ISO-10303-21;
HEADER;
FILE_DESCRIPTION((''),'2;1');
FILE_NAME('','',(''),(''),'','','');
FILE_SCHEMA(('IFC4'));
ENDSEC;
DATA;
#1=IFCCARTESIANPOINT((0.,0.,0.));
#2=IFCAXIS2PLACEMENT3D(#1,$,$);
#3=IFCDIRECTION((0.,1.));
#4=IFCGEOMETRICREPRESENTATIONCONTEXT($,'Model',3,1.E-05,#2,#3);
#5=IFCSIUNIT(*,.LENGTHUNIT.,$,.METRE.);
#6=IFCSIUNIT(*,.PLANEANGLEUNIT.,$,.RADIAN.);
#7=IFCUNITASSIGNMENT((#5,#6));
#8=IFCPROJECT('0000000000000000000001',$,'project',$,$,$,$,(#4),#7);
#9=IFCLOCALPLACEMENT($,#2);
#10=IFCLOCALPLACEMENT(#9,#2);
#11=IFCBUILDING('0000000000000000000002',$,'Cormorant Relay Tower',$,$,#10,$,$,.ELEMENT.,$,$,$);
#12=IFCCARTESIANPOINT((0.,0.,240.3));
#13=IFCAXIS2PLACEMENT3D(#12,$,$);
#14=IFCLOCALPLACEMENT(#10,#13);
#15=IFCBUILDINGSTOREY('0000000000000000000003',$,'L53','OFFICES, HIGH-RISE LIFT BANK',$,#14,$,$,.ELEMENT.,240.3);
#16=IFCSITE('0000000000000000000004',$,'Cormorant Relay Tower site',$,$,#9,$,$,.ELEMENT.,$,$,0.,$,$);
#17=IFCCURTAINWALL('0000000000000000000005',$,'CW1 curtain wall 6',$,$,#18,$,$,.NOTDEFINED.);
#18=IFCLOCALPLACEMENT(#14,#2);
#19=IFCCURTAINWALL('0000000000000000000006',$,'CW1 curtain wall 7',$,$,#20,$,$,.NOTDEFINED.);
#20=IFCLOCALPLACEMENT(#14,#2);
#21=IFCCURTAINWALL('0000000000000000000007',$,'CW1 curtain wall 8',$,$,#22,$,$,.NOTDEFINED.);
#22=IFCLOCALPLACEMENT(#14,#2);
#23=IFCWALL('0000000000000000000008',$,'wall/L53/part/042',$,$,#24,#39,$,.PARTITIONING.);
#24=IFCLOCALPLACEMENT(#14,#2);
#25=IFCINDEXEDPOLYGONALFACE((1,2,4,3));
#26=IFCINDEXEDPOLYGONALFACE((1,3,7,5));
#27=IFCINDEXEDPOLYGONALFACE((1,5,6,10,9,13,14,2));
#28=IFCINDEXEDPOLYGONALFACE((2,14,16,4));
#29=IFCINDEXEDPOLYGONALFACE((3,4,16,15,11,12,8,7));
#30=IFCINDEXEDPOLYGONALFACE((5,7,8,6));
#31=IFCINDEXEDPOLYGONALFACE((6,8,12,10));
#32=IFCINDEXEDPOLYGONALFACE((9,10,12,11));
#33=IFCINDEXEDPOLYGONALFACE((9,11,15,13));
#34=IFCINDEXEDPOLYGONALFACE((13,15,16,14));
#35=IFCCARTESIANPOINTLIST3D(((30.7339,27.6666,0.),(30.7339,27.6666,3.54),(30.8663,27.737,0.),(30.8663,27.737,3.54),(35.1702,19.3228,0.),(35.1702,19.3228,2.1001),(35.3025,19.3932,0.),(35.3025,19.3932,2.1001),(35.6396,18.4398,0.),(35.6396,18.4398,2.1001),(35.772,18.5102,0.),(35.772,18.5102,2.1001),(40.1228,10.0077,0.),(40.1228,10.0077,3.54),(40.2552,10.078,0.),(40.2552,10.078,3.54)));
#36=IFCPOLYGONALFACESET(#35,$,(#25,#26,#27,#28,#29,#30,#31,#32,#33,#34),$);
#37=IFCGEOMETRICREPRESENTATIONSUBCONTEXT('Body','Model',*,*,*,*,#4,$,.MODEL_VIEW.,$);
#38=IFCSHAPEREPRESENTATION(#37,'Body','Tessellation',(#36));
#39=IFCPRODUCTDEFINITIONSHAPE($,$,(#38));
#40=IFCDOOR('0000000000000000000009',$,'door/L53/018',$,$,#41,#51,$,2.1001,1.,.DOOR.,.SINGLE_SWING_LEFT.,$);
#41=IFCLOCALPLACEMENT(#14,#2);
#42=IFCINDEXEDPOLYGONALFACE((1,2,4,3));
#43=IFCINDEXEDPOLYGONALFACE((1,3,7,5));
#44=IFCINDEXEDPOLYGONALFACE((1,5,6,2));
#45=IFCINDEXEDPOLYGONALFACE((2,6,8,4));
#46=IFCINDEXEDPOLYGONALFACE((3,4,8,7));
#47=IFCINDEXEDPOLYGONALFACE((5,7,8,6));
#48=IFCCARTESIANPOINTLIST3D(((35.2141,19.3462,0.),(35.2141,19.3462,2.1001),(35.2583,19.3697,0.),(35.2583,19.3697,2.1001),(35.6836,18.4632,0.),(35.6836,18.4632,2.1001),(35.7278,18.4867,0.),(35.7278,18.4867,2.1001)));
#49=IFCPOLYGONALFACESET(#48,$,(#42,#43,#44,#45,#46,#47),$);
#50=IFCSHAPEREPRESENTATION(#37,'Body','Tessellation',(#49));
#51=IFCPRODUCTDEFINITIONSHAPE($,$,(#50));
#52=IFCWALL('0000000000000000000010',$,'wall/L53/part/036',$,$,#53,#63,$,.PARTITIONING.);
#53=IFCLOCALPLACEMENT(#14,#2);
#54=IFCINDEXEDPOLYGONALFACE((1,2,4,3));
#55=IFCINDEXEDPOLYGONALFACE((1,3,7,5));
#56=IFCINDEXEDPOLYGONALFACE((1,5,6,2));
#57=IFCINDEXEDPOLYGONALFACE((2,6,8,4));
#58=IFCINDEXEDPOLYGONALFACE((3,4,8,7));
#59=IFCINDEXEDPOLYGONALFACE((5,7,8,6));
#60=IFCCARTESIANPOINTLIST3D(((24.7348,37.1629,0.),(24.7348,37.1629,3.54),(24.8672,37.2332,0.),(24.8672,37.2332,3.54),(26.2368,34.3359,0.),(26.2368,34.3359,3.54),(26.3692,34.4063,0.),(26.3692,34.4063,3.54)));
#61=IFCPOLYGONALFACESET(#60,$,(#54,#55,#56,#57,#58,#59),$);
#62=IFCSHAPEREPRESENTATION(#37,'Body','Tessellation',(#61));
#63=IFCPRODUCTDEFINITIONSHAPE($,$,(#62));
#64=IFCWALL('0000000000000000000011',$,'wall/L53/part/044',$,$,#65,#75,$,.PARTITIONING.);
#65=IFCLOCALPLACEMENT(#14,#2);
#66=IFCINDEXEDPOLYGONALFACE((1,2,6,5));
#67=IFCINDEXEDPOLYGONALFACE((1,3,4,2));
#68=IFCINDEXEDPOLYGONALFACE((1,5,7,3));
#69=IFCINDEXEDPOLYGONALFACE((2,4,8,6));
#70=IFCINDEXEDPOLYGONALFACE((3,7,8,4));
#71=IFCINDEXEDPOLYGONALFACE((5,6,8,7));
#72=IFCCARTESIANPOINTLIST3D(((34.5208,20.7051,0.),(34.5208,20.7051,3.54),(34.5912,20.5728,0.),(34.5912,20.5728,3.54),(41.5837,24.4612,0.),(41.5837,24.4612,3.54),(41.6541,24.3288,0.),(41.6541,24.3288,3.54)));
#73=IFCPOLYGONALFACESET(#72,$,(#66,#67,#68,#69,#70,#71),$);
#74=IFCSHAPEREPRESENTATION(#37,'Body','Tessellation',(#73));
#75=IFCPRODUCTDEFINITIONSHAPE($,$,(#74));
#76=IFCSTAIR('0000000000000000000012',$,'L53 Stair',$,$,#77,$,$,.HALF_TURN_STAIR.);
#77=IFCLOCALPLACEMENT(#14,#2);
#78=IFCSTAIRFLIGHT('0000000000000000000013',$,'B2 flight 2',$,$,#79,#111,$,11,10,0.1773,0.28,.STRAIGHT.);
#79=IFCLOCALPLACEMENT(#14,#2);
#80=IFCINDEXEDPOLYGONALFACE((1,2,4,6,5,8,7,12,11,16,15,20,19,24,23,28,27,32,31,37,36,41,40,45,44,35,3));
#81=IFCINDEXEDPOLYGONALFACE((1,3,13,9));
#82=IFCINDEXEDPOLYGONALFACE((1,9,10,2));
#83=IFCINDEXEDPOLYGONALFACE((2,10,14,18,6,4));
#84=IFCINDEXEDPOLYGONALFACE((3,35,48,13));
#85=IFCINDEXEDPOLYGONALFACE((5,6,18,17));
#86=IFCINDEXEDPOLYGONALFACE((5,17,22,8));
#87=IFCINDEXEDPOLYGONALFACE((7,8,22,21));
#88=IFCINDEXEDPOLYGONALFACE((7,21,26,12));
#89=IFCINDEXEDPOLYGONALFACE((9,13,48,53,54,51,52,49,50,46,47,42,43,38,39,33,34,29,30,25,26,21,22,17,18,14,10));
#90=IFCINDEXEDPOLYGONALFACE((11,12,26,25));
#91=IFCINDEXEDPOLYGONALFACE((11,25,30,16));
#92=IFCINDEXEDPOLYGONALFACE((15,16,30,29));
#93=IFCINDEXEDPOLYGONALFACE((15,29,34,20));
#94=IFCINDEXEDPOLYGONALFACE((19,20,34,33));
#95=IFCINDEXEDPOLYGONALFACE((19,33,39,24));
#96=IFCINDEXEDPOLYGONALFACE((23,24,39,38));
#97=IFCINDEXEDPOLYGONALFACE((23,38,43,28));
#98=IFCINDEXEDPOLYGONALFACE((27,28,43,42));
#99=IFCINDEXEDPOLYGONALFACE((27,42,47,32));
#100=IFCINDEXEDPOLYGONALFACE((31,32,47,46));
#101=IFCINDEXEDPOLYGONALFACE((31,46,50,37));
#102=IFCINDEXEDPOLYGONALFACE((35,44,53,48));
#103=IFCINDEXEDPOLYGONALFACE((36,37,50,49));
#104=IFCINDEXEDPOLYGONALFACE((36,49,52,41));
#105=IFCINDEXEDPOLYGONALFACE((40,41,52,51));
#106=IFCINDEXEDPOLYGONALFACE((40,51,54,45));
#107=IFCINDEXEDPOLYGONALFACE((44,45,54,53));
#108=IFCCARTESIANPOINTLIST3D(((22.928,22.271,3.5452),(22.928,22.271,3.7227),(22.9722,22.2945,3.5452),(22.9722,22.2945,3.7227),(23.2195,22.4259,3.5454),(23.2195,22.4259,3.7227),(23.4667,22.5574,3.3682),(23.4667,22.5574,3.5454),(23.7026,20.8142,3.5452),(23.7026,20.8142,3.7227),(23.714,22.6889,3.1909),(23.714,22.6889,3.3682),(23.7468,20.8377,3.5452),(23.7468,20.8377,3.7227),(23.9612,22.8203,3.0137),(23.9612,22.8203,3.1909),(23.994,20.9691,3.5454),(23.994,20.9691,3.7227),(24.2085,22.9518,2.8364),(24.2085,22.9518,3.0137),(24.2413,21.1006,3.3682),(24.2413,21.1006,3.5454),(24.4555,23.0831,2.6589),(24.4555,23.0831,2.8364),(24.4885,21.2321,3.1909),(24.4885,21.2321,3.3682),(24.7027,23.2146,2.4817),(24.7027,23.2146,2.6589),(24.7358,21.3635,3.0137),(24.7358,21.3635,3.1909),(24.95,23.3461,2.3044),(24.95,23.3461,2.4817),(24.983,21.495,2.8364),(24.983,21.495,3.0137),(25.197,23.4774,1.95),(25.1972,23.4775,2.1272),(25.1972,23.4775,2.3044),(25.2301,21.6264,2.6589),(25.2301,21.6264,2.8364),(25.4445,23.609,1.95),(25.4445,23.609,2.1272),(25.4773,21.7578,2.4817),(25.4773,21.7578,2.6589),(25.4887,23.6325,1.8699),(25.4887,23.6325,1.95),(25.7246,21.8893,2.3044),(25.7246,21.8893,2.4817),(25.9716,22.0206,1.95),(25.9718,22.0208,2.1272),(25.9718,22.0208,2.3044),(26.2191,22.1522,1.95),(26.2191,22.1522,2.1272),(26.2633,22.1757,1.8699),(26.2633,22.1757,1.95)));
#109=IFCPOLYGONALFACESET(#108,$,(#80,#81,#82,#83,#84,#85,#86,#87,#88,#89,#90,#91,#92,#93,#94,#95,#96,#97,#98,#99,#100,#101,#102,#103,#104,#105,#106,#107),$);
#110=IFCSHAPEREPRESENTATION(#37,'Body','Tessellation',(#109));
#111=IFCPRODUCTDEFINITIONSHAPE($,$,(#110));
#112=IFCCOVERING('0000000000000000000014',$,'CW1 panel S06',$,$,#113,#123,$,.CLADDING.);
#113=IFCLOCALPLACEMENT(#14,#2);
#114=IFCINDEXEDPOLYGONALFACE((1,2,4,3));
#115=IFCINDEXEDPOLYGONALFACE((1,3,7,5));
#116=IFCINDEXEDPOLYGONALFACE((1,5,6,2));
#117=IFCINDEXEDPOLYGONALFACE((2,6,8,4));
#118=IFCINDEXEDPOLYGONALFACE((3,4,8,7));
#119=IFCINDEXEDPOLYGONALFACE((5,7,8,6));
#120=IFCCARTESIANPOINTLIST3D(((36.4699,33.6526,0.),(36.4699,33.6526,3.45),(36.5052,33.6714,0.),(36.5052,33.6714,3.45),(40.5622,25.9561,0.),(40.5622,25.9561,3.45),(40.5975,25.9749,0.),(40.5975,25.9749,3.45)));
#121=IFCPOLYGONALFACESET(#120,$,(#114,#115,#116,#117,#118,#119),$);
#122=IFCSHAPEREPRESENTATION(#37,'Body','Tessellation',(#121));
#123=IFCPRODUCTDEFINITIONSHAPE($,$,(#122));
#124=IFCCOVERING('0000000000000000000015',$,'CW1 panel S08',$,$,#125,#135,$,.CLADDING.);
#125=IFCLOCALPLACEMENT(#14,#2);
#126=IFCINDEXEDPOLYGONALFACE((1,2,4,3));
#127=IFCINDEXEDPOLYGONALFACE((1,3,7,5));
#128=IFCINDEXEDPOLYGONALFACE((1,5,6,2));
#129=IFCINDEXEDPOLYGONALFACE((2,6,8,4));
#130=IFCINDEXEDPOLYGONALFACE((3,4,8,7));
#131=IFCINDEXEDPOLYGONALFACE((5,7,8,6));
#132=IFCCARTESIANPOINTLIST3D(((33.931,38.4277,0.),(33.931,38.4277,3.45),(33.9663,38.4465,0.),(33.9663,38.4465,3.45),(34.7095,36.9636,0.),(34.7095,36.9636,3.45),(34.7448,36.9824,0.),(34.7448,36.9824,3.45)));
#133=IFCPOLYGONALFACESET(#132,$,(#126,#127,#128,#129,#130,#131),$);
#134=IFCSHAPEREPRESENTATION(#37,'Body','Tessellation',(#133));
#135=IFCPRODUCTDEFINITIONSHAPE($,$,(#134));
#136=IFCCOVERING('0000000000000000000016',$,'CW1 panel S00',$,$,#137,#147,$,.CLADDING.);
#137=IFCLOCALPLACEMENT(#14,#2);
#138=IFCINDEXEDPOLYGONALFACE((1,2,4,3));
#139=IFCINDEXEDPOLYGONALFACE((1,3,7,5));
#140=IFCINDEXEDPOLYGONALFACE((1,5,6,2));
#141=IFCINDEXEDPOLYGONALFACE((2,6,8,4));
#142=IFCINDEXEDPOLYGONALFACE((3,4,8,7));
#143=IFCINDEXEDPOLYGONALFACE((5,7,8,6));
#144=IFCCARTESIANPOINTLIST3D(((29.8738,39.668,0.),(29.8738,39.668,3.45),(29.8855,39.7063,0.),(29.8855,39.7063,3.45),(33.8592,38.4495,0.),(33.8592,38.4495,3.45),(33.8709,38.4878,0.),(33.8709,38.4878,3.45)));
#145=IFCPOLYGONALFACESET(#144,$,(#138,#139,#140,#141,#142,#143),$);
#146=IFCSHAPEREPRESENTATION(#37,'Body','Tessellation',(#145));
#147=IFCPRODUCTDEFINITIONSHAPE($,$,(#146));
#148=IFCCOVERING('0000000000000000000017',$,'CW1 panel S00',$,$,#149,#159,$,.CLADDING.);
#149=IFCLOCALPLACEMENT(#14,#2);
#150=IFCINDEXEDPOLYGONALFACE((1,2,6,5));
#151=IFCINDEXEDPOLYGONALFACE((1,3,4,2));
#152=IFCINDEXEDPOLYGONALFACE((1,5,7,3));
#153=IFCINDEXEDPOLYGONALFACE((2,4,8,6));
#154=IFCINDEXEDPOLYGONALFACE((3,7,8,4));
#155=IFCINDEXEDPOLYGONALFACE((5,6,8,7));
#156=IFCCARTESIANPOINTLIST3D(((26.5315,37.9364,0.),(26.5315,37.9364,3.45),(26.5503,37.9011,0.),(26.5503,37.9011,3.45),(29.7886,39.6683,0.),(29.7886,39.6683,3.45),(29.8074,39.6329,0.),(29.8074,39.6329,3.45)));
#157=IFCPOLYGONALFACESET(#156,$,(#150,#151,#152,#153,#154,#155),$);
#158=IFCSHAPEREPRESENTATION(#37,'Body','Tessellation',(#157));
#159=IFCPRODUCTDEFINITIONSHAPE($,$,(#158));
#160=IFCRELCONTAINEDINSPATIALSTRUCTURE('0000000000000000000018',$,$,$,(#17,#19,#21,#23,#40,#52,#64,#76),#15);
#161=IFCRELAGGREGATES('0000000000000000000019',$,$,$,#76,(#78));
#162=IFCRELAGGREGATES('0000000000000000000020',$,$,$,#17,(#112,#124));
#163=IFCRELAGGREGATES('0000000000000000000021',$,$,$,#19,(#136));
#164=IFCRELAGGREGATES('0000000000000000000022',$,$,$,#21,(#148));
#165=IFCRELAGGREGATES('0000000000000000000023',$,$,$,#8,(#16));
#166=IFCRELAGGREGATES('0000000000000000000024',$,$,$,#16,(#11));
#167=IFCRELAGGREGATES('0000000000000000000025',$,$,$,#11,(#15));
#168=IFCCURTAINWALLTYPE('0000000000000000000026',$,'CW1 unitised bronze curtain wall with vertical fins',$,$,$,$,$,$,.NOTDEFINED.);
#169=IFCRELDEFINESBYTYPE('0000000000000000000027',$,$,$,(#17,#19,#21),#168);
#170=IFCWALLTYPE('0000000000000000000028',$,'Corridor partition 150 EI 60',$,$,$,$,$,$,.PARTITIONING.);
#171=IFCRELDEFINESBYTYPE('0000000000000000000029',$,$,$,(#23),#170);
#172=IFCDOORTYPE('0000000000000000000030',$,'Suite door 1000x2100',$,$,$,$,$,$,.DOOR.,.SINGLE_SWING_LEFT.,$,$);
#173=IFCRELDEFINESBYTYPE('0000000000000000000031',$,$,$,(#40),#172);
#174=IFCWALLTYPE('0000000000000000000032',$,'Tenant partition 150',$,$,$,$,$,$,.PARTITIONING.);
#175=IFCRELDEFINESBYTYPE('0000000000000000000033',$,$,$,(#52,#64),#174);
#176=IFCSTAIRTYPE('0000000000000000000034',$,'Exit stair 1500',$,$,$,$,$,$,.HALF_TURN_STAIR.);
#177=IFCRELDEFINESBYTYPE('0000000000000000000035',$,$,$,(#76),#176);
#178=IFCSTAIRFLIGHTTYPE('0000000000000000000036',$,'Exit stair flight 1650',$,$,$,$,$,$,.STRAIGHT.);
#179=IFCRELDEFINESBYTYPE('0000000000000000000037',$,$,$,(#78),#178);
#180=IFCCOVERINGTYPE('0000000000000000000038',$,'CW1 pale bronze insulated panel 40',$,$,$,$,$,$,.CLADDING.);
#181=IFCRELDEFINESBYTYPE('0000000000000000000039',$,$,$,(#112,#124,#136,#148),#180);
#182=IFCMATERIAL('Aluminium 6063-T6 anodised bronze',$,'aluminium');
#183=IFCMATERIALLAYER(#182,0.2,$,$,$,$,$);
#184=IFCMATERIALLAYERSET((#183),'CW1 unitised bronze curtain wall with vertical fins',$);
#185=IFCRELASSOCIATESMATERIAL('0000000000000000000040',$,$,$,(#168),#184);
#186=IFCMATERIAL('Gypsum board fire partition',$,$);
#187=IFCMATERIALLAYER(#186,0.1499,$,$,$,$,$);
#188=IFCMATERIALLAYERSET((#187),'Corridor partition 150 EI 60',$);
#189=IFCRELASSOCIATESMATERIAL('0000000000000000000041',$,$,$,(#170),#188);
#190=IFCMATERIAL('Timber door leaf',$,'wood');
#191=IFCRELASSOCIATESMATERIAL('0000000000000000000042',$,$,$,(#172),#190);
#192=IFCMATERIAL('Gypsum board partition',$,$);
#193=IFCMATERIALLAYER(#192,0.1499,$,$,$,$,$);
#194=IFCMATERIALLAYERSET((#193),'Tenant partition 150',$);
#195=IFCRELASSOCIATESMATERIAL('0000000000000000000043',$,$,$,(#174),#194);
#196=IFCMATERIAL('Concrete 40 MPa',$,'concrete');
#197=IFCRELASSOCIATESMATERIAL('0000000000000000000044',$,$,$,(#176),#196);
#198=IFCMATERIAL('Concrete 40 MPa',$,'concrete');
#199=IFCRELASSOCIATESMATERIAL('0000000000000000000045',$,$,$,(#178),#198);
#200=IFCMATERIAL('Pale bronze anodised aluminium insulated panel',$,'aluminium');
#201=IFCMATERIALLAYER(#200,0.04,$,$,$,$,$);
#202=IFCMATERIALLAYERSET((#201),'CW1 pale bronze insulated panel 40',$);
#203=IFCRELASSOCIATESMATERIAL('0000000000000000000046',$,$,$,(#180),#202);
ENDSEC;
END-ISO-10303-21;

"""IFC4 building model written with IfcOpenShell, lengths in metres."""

from ifc_helpers import new_model, si_unit, direction, frame, frame_2d, origin, origin_2d, place, context, subcontext, project, spatial, polyline, rectangle, outline, extrude, material, layer, layer_set, type_object, element, fill, aggregate, save


model = new_model("IFC4")

# Units and contexts
model_context = context("Model", 3, precision=1e-05, world=origin(), true_north=direction((0.0, 1.0)))
body_context = subcontext(model_context, "Body", "Model", "MODEL_VIEW")
ifc_project = project(units=[si_unit("LENGTHUNIT", "METRE"), si_unit("PLANEANGLEUNIT", "RADIAN")], contexts=[model_context])

# Site, building, storey
site_placement = place(None, origin())
site = spatial("IfcSite", under=ifc_project, at=site_placement, Name="Cormorant Relay Tower site", CompositionType="ELEMENT", RefElevation=0.0)
building_placement = place(site_placement, origin())
building = spatial("IfcBuilding", under=site, at=building_placement, Name="Cormorant Relay Tower", CompositionType="ELEMENT")
storey_placement = place(building_placement, frame((0.0, 0.0, 240.3)))
storey = spatial("IfcBuildingStorey", under=building, at=storey_placement, Name="L53", Description="OFFICES, HIGH-RISE LIFT BANK", CompositionType="ELEMENT", Elevation=240.3)

# Curtain wall
ifc_material_1 = material(Name="Aluminium 6063-T6 anodised bronze", Category="aluminium")
ifc_layer_1 = layer(ifc_material_1, 0.2)
ifc_layer_set_1 = layer_set([ifc_layer_1], Name="CW1 unitised bronze curtain wall with vertical fins")
curtain_wall_type = type_object("IfcCurtainWallType", Name="CW1 unitised bronze curtain wall with vertical fins", PredefinedType="NOTDEFINED", material=ifc_layer_set_1)
curtain_wall_1_placement = place(storey_placement, origin())
curtain_wall_1 = element("IfcCurtainWall", 1, at=curtain_wall_1_placement, inside=storey, type_object=curtain_wall_type, Name="CW1 curtain wall 6", PredefinedType="NOTDEFINED")

# Curtain walls
curtain_wall_2_placement = place(storey_placement, origin())
curtain_wall_2 = element("IfcCurtainWall", 2, at=curtain_wall_2_placement, inside=storey, type_object=curtain_wall_type, Name="CW1 curtain wall 7", PredefinedType="NOTDEFINED")
curtain_wall_3_placement = place(storey_placement, origin())
curtain_wall_3 = element("IfcCurtainWall", 3, at=curtain_wall_3_placement, inside=storey, type_object=curtain_wall_type, Name="CW1 curtain wall 8", PredefinedType="NOTDEFINED")

# Wall, opening, door
ifc_material_2 = material(Name="Gypsum board fire partition")
ifc_layer_2 = layer(ifc_material_2, 0.1499)
ifc_layer_set_2 = layer_set([ifc_layer_2], Name="Corridor partition 150 EI 60")
wall_type_1 = type_object("IfcWallType", Name="Corridor partition 150 EI 60", PredefinedType="PARTITIONING", material=ifc_layer_set_2)
ifc_material_3 = material(Name="Timber door leaf", Category="wood")
door_type = type_object("IfcDoorType", Name="Suite door 1000x2100", OperationType="SINGLE_SWING_LEFT", PredefinedType="DOOR", material=ifc_material_3)
wall_1_placement = place(storey_placement, frame((30.8, 27.7019, 0.0), z_axis=(0.0, 0.0, 1.0), x_axis=(0.469452, -0.882958, 0.0)))
wall_1 = element("IfcWall", 4, at=wall_1_placement, inside=storey, type_object=wall_type_1, Name="wall/L53/part/042", PredefinedType="PARTITIONING", context=body_context, shape_type="SweptSolid", body=[
    extrude(rectangle(XDim=19.9998, YDim=0.1499, at=frame_2d((10.0, 0.0))), origin(), (0.0, 0.0, 1.0), 3.54),
])
opening_1_placement = place(wall_1_placement, frame((9.45, 0.0, 0.0)))
opening_1 = element("IfcOpeningElement", 5, at=opening_1_placement, cuts=wall_1, PredefinedType="OPENING", context=body_context, shape_type="SweptSolid", body=[
    extrude(rectangle(XDim=1.0, YDim=2.1001, at=frame_2d((0.5, 1.05))), frame((0.0, 0.085, 0.0), z_axis=(0.0, -1.0, 0.0), x_axis=(1.0, 0.0, 0.0)), (0.0, 0.0, 1.0), 0.1699),
])
door_1_placement = place(opening_1_placement, origin())
door_1 = element("IfcDoor", 6, at=door_1_placement, inside=storey, type_object=door_type, Name="door/L53/018", OperationType="SINGLE_SWING_LEFT", OverallHeight=2.1001, OverallWidth=1.0, PredefinedType="DOOR", context=body_context, shape_type="SweptSolid", body=[
    extrude(rectangle(XDim=1.0, YDim=2.1001, at=frame_2d((0.5, 1.05))), frame((0.0, 0.0249, 0.0), z_axis=(0.0, -1.0, 0.0), x_axis=(1.0, 0.0, 0.0)), (0.0, 0.0, 1.0), 0.05),
])
fill(opening_1, door_1)

# Walls
ifc_material_4 = material(Name="Gypsum board partition")
ifc_layer_3 = layer(ifc_material_4, 0.1499)
ifc_layer_set_3 = layer_set([ifc_layer_3], Name="Tenant partition 150")
wall_type_2 = type_object("IfcWallType", Name="Tenant partition 150", PredefinedType="PARTITIONING", material=ifc_layer_set_3)
wall_2_placement = place(storey_placement, frame((26.303, 34.3711, 0.0), z_axis=(0.0, 0.0, 1.0), x_axis=(-0.469194, 0.883095, 0.0)))
element("IfcWall", 7, at=wall_2_placement, inside=storey, type_object=wall_type_2, Name="wall/L53/part/036", PredefinedType="PARTITIONING", context=body_context, shape_type="SweptSolid", body=[
    extrude(rectangle(XDim=3.2012, YDim=0.1499, at=frame_2d((1.6006, 0.0))), origin(), (0.0, 0.0, 1.0), 3.54),
])
wall_3_placement = place(storey_placement, frame((41.6189, 24.395, 0.0), z_axis=(0.0, 0.0, 1.0), x_axis=(-0.882914, -0.469535, 0.0)))
element("IfcWall", 8, at=wall_3_placement, inside=storey, type_object=wall_type_2, Name="wall/L53/part/044", PredefinedType="PARTITIONING", context=body_context, shape_type="SweptSolid", body=[
    extrude(rectangle(XDim=7.9995, YDim=0.1499, at=frame_2d((3.9998, 0.0))), origin(), (0.0, 0.0, 1.0), 3.54),
])

# Stair, stair flight
ifc_material_5 = material(Name="Concrete 40 MPa", Category="concrete")
stair_type = type_object("IfcStairType", Name="Exit stair 1500", PredefinedType="HALF_TURN_STAIR", material=ifc_material_5)
stair_placement = place(storey_placement, origin())
stair = element("IfcStair", 9, at=stair_placement, inside=storey, type_object=stair_type, Name="L53 Stair", PredefinedType="HALF_TURN_STAIR")
ifc_material_6 = material(Name="Concrete 40 MPa", Category="concrete")
stair_flight_type = type_object("IfcStairFlightType", Name="Exit stair flight 1650", PredefinedType="STRAIGHT", material=ifc_material_6)
stair_flight_placement = place(storey_placement, frame((25.8318, 22.8806, 1.95), z_axis=(0.0, 0.0, 1.0), x_axis=(-0.882948, -0.469472, 0.0)))
stair_flight = element("IfcStairFlight", 10, at=stair_flight_placement, type_object=stair_flight_type, Name="B2 flight 2", NumberOfRisers=11, NumberOfTreads=10, PredefinedType="STRAIGHT", RiserHeight=0.1773, TreadLength=0.28, context=body_context, shape_type="SweptSolid", body=[
    extrude(outline(polyline([(-0.05, -0.0801), (-0.05, 0.0), (0.0, 0.0), (0.0, 0.1772), (0.28, 0.1772), (0.28, 0.3545), (0.5601, 0.3545), (0.5601, 0.5317), (0.8401, 0.5317), (0.8401, 0.709), (1.1201, 0.709), (1.1201, 0.8865), (1.3999, 0.8865), (1.3999, 1.0637), (1.6799, 1.0637), (1.6799, 1.241), (1.96, 1.241), (1.96, 1.4182), (2.24, 1.4182), (2.24, 1.5955), (2.52, 1.5955), (2.52, 1.7727), (2.8, 1.7727), (2.8501, 1.7727), (2.8501, 1.5952), (2.8, 1.5952), (0.2803, 0.0), (-0.05, -0.0801)])), frame((0.0, 0.825, 0.0), z_axis=(0.0, -1.0, 0.0), x_axis=(1.0, 0.0, 0.0)), (0.0, 0.0, 1.0), 1.6499),
])
aggregate(stair, [stair_flight])

# Coverings
ifc_material_7 = material(Name="Pale bronze anodised aluminium insulated panel", Category="aluminium")
ifc_layer_4 = layer(ifc_material_7, 0.04)
ifc_layer_set_4 = layer_set([ifc_layer_4], Name="CW1 pale bronze insulated panel 40")
covering_type = type_object("IfcCoveringType", Name="CW1 pale bronze insulated panel 40", PredefinedType="CLADDING", material=ifc_layer_set_4)
covering_1_placement = place(storey_placement, frame((38.5337, 29.8137, 0.0), z_axis=(0.0, 0.0, 1.0), x_axis=(-0.469472, 0.882948, 0.0)))
covering_1 = element("IfcCovering", 11, at=covering_1_placement, type_object=covering_type, Name="CW1 panel S06", PredefinedType="CLADDING", context=body_context, shape_type="SweptSolid", body=[
    extrude(rectangle(XDim=8.7168, YDim=0.04, at=origin_2d()), origin(), (0.0, 0.0, 1.0), 3.45),
])
covering_2_placement = place(storey_placement, frame((34.3379, 37.7051, 0.0), z_axis=(0.0, 0.0, 1.0), x_axis=(-0.469472, 0.882948, 0.0)))
covering_2 = element("IfcCovering", 12, at=covering_2_placement, type_object=covering_type, Name="CW1 panel S08", PredefinedType="CLADDING", context=body_context, shape_type="SweptSolid", body=[
    extrude(rectangle(XDim=1.6582, YDim=0.04, at=origin_2d()), origin(), (0.0, 0.0, 1.0), 3.45),
])
aggregate(curtain_wall_1, [covering_1, covering_2])
covering_3_placement = place(storey_placement, frame((31.8723, 39.0779, 0.0), z_axis=(0.0, 0.0, 1.0), x_axis=(-0.956305, 0.292372, 0.0)))
covering_3 = element("IfcCovering", 13, at=covering_3_placement, type_object=covering_type, Name="CW1 panel S00", PredefinedType="CLADDING", context=body_context, shape_type="SweptSolid", body=[
    extrude(rectangle(XDim=4.1675, YDim=0.04, at=origin_2d()), origin(), (0.0, 0.0, 1.0), 3.45),
])
aggregate(curtain_wall_2, [covering_3])
covering_4_placement = place(storey_placement, frame((28.1694, 38.7847, 0.0), z_axis=(0.0, 0.0, 1.0), x_axis=(-0.882948, -0.469472, 0.0)))
covering_4 = element("IfcCovering", 14, at=covering_4_placement, type_object=covering_type, Name="CW1 panel S00", PredefinedType="CLADDING", context=body_context, shape_type="SweptSolid", body=[
    extrude(rectangle(XDim=3.689, YDim=0.04, at=origin_2d()), origin(), (0.0, 0.0, 1.0), 3.45),
])
aggregate(curtain_wall_3, [covering_4])

save(model, "model.ifc")
